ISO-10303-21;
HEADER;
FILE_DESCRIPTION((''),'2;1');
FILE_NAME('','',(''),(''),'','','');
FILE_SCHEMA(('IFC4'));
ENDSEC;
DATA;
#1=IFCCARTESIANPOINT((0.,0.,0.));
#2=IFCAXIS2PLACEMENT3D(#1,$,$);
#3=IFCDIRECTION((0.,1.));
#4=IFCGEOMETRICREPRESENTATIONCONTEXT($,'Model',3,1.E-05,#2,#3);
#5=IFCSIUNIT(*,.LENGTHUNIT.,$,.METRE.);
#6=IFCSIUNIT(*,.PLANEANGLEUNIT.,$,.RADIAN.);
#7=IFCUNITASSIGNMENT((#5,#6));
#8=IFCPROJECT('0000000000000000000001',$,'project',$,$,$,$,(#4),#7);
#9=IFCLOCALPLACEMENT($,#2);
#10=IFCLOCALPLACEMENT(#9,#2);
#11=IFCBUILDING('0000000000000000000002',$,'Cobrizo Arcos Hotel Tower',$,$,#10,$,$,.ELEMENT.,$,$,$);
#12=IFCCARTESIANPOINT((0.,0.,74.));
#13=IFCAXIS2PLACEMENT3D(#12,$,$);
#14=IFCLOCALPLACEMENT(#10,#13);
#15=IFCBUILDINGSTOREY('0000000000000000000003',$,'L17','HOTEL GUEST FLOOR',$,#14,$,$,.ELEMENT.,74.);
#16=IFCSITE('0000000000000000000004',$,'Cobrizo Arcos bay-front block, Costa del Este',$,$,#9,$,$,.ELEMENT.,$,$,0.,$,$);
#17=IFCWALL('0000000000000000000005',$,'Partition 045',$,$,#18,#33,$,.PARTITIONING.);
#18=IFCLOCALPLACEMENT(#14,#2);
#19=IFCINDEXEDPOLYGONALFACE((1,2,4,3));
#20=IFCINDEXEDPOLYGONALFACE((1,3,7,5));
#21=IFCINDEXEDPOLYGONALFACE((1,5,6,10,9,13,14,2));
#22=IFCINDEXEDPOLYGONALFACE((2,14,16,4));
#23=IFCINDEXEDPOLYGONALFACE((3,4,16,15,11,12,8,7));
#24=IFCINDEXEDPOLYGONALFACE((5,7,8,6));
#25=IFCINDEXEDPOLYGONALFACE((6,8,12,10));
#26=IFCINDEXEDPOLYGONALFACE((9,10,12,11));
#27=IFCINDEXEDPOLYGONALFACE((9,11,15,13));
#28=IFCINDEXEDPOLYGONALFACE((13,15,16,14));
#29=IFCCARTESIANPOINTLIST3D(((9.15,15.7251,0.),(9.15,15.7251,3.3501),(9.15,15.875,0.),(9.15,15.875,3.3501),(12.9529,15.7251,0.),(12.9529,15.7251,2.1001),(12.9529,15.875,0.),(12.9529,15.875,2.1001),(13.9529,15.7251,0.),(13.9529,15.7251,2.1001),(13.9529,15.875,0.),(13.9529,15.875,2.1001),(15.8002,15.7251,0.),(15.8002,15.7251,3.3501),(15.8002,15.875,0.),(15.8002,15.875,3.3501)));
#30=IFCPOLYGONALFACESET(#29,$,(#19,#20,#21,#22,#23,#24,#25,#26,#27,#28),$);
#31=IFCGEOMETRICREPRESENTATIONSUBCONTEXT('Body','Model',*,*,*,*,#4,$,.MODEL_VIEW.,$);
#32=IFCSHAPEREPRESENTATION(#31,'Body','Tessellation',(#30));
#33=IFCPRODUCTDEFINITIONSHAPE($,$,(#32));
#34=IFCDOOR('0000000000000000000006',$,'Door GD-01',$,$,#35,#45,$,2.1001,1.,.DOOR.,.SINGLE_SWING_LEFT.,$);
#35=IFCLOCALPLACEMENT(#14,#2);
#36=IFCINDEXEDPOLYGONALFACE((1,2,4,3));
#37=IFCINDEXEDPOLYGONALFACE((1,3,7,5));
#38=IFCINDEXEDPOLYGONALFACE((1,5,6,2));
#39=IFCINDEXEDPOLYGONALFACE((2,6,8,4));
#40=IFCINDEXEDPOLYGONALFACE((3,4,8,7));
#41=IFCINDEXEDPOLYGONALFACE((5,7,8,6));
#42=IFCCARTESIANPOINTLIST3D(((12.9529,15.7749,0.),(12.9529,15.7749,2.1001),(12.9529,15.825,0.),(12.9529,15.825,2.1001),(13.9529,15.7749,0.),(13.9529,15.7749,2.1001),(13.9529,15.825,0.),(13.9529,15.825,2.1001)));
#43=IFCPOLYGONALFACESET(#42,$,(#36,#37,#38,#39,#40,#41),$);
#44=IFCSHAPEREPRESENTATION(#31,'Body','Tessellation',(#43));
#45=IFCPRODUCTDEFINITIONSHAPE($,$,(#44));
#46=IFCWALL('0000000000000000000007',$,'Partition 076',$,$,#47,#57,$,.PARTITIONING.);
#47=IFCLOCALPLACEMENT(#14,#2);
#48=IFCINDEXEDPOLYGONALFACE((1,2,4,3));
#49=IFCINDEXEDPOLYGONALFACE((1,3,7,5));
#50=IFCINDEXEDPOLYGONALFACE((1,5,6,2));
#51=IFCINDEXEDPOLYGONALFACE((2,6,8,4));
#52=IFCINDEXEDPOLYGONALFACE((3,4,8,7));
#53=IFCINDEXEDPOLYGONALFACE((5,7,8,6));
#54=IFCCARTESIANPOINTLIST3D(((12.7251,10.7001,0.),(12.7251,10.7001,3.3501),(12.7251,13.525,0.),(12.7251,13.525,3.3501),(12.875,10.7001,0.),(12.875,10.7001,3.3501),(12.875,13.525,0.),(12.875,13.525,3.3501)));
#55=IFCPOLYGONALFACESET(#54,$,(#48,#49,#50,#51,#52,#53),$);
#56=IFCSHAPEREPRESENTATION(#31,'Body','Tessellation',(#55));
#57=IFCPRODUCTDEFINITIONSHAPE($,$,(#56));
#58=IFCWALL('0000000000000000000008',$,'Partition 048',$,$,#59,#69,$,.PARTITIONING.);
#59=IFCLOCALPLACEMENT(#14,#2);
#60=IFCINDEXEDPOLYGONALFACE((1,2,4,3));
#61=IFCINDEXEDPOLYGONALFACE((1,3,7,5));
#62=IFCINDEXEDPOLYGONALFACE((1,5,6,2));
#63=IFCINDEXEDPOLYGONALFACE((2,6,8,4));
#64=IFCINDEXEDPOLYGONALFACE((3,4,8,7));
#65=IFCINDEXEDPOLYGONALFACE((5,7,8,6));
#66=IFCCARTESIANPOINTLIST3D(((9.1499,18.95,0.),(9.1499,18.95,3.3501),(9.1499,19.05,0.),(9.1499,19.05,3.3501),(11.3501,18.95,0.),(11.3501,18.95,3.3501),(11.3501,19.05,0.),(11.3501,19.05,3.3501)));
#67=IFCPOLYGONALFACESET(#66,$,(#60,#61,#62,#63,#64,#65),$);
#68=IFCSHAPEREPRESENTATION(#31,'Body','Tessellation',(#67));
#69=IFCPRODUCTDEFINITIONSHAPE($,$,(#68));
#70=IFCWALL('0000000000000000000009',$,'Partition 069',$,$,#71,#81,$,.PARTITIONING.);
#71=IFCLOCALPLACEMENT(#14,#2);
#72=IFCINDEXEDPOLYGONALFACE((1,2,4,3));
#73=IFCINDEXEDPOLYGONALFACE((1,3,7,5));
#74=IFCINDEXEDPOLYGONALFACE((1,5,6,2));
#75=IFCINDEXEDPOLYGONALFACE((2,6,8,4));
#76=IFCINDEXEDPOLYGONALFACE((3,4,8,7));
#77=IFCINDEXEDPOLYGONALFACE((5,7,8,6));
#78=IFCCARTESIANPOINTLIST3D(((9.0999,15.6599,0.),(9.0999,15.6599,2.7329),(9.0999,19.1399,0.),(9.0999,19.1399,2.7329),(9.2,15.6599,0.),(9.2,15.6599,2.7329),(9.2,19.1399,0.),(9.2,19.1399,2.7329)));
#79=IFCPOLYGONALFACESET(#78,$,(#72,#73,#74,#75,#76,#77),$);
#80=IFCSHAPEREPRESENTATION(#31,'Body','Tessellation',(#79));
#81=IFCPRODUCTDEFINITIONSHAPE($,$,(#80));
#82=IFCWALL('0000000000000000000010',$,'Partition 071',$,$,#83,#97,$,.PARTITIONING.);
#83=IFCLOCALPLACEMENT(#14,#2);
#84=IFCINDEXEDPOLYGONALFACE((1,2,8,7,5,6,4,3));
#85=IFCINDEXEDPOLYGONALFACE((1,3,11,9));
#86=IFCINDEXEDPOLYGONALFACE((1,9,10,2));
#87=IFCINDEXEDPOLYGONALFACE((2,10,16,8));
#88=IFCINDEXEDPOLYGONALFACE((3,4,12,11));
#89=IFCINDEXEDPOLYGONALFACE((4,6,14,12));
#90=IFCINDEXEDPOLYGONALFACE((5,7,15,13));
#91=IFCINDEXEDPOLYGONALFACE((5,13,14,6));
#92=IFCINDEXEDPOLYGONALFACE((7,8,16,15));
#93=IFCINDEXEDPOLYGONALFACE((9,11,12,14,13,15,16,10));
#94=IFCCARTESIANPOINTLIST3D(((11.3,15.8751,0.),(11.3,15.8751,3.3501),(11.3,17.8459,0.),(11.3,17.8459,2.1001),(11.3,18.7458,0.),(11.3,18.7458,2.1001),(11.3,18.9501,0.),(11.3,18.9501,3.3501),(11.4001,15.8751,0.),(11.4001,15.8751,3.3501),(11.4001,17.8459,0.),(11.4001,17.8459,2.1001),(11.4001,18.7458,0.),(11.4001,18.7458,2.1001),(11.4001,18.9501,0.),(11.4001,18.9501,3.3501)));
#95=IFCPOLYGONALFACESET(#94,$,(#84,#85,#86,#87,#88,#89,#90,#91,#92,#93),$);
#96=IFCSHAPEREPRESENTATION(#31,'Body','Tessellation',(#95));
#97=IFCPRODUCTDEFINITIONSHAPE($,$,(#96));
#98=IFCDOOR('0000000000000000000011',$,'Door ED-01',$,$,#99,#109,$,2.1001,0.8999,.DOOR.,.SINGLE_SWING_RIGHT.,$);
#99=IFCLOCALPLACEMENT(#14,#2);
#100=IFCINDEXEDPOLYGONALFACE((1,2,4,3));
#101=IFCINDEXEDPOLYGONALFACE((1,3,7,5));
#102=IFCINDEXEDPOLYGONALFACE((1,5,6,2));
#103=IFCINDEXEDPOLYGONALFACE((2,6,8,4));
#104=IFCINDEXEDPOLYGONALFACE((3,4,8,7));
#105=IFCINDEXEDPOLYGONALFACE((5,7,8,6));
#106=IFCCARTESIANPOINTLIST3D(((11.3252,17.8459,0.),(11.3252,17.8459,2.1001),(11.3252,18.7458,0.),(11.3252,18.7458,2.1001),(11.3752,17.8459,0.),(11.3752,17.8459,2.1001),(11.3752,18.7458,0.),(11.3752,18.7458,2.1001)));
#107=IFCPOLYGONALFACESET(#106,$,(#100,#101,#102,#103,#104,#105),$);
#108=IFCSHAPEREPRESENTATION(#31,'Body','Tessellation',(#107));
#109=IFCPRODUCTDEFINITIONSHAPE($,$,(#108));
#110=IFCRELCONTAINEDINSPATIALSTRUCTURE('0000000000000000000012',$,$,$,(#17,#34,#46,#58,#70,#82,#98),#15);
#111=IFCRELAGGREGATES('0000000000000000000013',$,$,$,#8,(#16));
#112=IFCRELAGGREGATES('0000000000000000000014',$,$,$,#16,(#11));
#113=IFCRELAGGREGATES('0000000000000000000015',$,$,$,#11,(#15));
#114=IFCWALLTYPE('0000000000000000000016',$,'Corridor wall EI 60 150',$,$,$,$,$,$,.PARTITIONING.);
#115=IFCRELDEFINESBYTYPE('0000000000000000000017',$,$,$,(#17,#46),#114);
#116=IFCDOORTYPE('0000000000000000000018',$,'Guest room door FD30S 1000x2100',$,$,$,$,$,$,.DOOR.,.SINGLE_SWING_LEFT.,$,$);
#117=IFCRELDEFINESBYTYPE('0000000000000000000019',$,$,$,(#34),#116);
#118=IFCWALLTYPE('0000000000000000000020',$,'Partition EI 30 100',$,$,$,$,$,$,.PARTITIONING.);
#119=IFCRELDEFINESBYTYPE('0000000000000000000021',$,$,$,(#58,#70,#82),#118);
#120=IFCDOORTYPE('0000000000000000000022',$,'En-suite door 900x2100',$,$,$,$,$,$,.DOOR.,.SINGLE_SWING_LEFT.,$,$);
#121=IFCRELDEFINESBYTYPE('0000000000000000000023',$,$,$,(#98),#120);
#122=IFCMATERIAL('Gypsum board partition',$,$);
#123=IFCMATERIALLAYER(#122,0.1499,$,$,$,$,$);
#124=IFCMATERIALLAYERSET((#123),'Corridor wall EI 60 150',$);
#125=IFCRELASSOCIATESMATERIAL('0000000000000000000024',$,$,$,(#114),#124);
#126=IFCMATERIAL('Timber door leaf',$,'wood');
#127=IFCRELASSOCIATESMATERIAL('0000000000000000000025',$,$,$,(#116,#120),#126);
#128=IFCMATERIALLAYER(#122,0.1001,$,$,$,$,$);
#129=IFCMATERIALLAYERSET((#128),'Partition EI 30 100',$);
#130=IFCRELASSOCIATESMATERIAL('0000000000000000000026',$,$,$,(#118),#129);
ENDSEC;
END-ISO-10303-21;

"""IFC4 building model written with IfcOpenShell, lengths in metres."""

from ifc_helpers import new_model, si_unit, direction, frame, frame_2d, origin, place, context, subcontext, project, spatial, rectangle, extrude, material, layer, layer_set, type_object, element, fill, save


model = new_model("IFC4")

# Units and contexts
model_context = context("Model", 3, precision=1e-05, world=origin(), true_north=direction((0.0, 1.0)))
body_context = subcontext(model_context, "Body", "Model", "MODEL_VIEW")
ifc_project = project(units=[si_unit("LENGTHUNIT", "METRE"), si_unit("PLANEANGLEUNIT", "RADIAN")], contexts=[model_context])

# Site, building, storey
site_placement = place(None, origin())
site = spatial("IfcSite", under=ifc_project, at=site_placement, Name="Cobrizo Arcos bay-front block, Costa del Este", CompositionType="ELEMENT", RefElevation=0.0)
building_placement = place(site_placement, origin())
building = spatial("IfcBuilding", under=site, at=building_placement, Name="Cobrizo Arcos Hotel Tower", CompositionType="ELEMENT")
storey_placement = place(building_placement, frame((0.0, 0.0, 74.0)))
storey = spatial("IfcBuildingStorey", under=building, at=storey_placement, Name="L17", Description="HOTEL GUEST FLOOR", CompositionType="ELEMENT", Elevation=74.0)

# Wall, opening, door
ifc_material_1 = material(Name="Gypsum board partition")
ifc_layer_1 = layer(ifc_material_1, 0.1499)
ifc_layer_set_1 = layer_set([ifc_layer_1], Name="Corridor wall EI 60 150")
wall_type_1 = type_object("IfcWallType", Name="Corridor wall EI 60 150", PredefinedType="PARTITIONING", material=ifc_layer_set_1)
ifc_material_2 = material(Name="Timber door leaf", Category="wood")
wall_1_placement = place(storey_placement, frame((9.1499, 15.8, 0.0), z_axis=(0.0, 0.0, 1.0), x_axis=(1.0, 0.0, 0.0)))
wall_1 = element("IfcWall", 1, at=wall_1_placement, inside=storey, type_object=wall_type_1, Name="Partition 045", PredefinedType="PARTITIONING", context=body_context, shape_type="SweptSolid", body=[
    extrude(rectangle(XDim=6.6501, YDim=0.1499, at=frame_2d((3.3252, 0.0))), origin(), (0.0, 0.0, 1.0), 3.3501),
])
opening_1_placement = place(wall_1_placement, frame((3.803, 0.0, 0.0)))
opening_1 = element("IfcOpeningElement", 2, at=opening_1_placement, cuts=wall_1, PredefinedType="OPENING", context=body_context, shape_type="SweptSolid", body=[
    extrude(rectangle(XDim=1.0, YDim=2.1001, at=frame_2d((0.5, 1.05))), frame((0.0, 0.0869, 0.0), z_axis=(0.0, -1.0, 0.0), x_axis=(1.0, 0.0, 0.0)), (0.0, 0.0, 1.0), 0.1738),
])
door_type_1 = type_object("IfcDoorType", Name="Guest room door FD30S 1000x2100", OperationType="SINGLE_SWING_LEFT", PredefinedType="DOOR", material=ifc_material_2)
door_1_placement = place(opening_1_placement, origin())
door_1 = element("IfcDoor", 3, at=door_1_placement, inside=storey, type_object=door_type_1, Name="Door GD-01", OperationType="SINGLE_SWING_LEFT", OverallHeight=2.1001, OverallWidth=1.0, PredefinedType="DOOR", context=body_context, shape_type="SweptSolid", body=[
    extrude(rectangle(XDim=1.0, YDim=2.1001, at=frame_2d((0.5, 1.05))), frame((0.0, 0.0249, 0.0), z_axis=(0.0, -1.0, 0.0), x_axis=(1.0, 0.0, 0.0)), (0.0, 0.0, 1.0), 0.05),
])
fill(opening_1, door_1)

# Walls
wall_2_placement = place(storey_placement, frame((12.8, 10.7, 0.0), z_axis=(0.0, 0.0, 1.0), x_axis=(0.0, 1.0, 0.0)))
element("IfcWall", 4, at=wall_2_placement, inside=storey, type_object=wall_type_1, Name="Partition 076", PredefinedType="PARTITIONING", context=body_context, shape_type="SweptSolid", body=[
    extrude(rectangle(XDim=2.825, YDim=0.1499, at=frame_2d((1.4126, 0.0))), origin(), (0.0, 0.0, 1.0), 3.3501),
])
ifc_layer_2 = layer(ifc_material_1, 0.1001)
ifc_layer_set_2 = layer_set([ifc_layer_2], Name="Partition EI 30 100")
wall_type_2 = type_object("IfcWallType", Name="Partition EI 30 100", PredefinedType="PARTITIONING", material=ifc_layer_set_2)
wall_3_placement = place(storey_placement, frame((9.1499, 19.0, 0.0), z_axis=(0.0, 0.0, 1.0), x_axis=(1.0, 0.0, 0.0)))
element("IfcWall", 5, at=wall_3_placement, inside=storey, type_object=wall_type_2, Name="Partition 048", PredefinedType="PARTITIONING", context=body_context, shape_type="SweptSolid", body=[
    extrude(rectangle(XDim=2.2002, YDim=0.1001, at=frame_2d((1.1001, 0.0))), origin(), (0.0, 0.0, 1.0), 3.3501),
])
wall_4_placement = place(storey_placement, frame((9.1499, 15.6599, 0.0), z_axis=(0.0, 0.0, 1.0), x_axis=(0.0, 1.0, 0.0)))
element("IfcWall", 6, at=wall_4_placement, inside=storey, type_object=wall_type_2, Name="Partition 069", PredefinedType="PARTITIONING", context=body_context, shape_type="SweptSolid", body=[
    extrude(rectangle(XDim=3.48, YDim=0.1001, at=frame_2d((1.74, 0.0))), origin(), (0.0, 0.0, 1.0), 2.7329),
])

# Wall, opening, door
wall_5_placement = place(storey_placement, frame((11.3501, 15.875, 0.0), z_axis=(0.0, 0.0, 1.0), x_axis=(0.0, 1.0, 0.0)))
wall_5 = element("IfcWall", 7, at=wall_5_placement, inside=storey, type_object=wall_type_2, Name="Partition 071", PredefinedType="PARTITIONING", context=body_context, shape_type="SweptSolid", body=[
    extrude(rectangle(XDim=3.075, YDim=0.1001, at=frame_2d((1.5376, 0.0))), origin(), (0.0, 0.0, 1.0), 3.3501),
])
opening_2_placement = place(wall_5_placement, frame((1.9709, 0.0, 0.0)))
opening_2 = element("IfcOpeningElement", 8, at=opening_2_placement, cuts=wall_5, PredefinedType="OPENING", context=body_context, shape_type="SweptSolid", body=[
    extrude(rectangle(XDim=0.8999, YDim=2.1001, at=frame_2d((0.45, 1.05))), frame((0.0, 0.062, 0.0), z_axis=(0.0, -1.0, 0.0), x_axis=(1.0, 0.0, 0.0)), (0.0, 0.0, 1.0), 0.124),
])
door_type_2 = type_object("IfcDoorType", Name="En-suite door 900x2100", OperationType="SINGLE_SWING_LEFT", PredefinedType="DOOR", material=ifc_material_2)
door_2_placement = place(opening_2_placement, origin())
door_2 = element("IfcDoor", 9, at=door_2_placement, inside=storey, type_object=door_type_2, Name="Door ED-01", OperationType="SINGLE_SWING_RIGHT", OverallHeight=2.1001, OverallWidth=0.8999, PredefinedType="DOOR", context=body_context, shape_type="SweptSolid", body=[
    extrude(rectangle(XDim=0.8999, YDim=2.1001, at=frame_2d((0.45, 1.05))), frame((0.0, 0.0249, 0.0), z_axis=(0.0, -1.0, 0.0), x_axis=(1.0, 0.0, 0.0)), (0.0, 0.0, 1.0), 0.05),
])
fill(opening_2, door_2)

save(model, "model.ifc")
